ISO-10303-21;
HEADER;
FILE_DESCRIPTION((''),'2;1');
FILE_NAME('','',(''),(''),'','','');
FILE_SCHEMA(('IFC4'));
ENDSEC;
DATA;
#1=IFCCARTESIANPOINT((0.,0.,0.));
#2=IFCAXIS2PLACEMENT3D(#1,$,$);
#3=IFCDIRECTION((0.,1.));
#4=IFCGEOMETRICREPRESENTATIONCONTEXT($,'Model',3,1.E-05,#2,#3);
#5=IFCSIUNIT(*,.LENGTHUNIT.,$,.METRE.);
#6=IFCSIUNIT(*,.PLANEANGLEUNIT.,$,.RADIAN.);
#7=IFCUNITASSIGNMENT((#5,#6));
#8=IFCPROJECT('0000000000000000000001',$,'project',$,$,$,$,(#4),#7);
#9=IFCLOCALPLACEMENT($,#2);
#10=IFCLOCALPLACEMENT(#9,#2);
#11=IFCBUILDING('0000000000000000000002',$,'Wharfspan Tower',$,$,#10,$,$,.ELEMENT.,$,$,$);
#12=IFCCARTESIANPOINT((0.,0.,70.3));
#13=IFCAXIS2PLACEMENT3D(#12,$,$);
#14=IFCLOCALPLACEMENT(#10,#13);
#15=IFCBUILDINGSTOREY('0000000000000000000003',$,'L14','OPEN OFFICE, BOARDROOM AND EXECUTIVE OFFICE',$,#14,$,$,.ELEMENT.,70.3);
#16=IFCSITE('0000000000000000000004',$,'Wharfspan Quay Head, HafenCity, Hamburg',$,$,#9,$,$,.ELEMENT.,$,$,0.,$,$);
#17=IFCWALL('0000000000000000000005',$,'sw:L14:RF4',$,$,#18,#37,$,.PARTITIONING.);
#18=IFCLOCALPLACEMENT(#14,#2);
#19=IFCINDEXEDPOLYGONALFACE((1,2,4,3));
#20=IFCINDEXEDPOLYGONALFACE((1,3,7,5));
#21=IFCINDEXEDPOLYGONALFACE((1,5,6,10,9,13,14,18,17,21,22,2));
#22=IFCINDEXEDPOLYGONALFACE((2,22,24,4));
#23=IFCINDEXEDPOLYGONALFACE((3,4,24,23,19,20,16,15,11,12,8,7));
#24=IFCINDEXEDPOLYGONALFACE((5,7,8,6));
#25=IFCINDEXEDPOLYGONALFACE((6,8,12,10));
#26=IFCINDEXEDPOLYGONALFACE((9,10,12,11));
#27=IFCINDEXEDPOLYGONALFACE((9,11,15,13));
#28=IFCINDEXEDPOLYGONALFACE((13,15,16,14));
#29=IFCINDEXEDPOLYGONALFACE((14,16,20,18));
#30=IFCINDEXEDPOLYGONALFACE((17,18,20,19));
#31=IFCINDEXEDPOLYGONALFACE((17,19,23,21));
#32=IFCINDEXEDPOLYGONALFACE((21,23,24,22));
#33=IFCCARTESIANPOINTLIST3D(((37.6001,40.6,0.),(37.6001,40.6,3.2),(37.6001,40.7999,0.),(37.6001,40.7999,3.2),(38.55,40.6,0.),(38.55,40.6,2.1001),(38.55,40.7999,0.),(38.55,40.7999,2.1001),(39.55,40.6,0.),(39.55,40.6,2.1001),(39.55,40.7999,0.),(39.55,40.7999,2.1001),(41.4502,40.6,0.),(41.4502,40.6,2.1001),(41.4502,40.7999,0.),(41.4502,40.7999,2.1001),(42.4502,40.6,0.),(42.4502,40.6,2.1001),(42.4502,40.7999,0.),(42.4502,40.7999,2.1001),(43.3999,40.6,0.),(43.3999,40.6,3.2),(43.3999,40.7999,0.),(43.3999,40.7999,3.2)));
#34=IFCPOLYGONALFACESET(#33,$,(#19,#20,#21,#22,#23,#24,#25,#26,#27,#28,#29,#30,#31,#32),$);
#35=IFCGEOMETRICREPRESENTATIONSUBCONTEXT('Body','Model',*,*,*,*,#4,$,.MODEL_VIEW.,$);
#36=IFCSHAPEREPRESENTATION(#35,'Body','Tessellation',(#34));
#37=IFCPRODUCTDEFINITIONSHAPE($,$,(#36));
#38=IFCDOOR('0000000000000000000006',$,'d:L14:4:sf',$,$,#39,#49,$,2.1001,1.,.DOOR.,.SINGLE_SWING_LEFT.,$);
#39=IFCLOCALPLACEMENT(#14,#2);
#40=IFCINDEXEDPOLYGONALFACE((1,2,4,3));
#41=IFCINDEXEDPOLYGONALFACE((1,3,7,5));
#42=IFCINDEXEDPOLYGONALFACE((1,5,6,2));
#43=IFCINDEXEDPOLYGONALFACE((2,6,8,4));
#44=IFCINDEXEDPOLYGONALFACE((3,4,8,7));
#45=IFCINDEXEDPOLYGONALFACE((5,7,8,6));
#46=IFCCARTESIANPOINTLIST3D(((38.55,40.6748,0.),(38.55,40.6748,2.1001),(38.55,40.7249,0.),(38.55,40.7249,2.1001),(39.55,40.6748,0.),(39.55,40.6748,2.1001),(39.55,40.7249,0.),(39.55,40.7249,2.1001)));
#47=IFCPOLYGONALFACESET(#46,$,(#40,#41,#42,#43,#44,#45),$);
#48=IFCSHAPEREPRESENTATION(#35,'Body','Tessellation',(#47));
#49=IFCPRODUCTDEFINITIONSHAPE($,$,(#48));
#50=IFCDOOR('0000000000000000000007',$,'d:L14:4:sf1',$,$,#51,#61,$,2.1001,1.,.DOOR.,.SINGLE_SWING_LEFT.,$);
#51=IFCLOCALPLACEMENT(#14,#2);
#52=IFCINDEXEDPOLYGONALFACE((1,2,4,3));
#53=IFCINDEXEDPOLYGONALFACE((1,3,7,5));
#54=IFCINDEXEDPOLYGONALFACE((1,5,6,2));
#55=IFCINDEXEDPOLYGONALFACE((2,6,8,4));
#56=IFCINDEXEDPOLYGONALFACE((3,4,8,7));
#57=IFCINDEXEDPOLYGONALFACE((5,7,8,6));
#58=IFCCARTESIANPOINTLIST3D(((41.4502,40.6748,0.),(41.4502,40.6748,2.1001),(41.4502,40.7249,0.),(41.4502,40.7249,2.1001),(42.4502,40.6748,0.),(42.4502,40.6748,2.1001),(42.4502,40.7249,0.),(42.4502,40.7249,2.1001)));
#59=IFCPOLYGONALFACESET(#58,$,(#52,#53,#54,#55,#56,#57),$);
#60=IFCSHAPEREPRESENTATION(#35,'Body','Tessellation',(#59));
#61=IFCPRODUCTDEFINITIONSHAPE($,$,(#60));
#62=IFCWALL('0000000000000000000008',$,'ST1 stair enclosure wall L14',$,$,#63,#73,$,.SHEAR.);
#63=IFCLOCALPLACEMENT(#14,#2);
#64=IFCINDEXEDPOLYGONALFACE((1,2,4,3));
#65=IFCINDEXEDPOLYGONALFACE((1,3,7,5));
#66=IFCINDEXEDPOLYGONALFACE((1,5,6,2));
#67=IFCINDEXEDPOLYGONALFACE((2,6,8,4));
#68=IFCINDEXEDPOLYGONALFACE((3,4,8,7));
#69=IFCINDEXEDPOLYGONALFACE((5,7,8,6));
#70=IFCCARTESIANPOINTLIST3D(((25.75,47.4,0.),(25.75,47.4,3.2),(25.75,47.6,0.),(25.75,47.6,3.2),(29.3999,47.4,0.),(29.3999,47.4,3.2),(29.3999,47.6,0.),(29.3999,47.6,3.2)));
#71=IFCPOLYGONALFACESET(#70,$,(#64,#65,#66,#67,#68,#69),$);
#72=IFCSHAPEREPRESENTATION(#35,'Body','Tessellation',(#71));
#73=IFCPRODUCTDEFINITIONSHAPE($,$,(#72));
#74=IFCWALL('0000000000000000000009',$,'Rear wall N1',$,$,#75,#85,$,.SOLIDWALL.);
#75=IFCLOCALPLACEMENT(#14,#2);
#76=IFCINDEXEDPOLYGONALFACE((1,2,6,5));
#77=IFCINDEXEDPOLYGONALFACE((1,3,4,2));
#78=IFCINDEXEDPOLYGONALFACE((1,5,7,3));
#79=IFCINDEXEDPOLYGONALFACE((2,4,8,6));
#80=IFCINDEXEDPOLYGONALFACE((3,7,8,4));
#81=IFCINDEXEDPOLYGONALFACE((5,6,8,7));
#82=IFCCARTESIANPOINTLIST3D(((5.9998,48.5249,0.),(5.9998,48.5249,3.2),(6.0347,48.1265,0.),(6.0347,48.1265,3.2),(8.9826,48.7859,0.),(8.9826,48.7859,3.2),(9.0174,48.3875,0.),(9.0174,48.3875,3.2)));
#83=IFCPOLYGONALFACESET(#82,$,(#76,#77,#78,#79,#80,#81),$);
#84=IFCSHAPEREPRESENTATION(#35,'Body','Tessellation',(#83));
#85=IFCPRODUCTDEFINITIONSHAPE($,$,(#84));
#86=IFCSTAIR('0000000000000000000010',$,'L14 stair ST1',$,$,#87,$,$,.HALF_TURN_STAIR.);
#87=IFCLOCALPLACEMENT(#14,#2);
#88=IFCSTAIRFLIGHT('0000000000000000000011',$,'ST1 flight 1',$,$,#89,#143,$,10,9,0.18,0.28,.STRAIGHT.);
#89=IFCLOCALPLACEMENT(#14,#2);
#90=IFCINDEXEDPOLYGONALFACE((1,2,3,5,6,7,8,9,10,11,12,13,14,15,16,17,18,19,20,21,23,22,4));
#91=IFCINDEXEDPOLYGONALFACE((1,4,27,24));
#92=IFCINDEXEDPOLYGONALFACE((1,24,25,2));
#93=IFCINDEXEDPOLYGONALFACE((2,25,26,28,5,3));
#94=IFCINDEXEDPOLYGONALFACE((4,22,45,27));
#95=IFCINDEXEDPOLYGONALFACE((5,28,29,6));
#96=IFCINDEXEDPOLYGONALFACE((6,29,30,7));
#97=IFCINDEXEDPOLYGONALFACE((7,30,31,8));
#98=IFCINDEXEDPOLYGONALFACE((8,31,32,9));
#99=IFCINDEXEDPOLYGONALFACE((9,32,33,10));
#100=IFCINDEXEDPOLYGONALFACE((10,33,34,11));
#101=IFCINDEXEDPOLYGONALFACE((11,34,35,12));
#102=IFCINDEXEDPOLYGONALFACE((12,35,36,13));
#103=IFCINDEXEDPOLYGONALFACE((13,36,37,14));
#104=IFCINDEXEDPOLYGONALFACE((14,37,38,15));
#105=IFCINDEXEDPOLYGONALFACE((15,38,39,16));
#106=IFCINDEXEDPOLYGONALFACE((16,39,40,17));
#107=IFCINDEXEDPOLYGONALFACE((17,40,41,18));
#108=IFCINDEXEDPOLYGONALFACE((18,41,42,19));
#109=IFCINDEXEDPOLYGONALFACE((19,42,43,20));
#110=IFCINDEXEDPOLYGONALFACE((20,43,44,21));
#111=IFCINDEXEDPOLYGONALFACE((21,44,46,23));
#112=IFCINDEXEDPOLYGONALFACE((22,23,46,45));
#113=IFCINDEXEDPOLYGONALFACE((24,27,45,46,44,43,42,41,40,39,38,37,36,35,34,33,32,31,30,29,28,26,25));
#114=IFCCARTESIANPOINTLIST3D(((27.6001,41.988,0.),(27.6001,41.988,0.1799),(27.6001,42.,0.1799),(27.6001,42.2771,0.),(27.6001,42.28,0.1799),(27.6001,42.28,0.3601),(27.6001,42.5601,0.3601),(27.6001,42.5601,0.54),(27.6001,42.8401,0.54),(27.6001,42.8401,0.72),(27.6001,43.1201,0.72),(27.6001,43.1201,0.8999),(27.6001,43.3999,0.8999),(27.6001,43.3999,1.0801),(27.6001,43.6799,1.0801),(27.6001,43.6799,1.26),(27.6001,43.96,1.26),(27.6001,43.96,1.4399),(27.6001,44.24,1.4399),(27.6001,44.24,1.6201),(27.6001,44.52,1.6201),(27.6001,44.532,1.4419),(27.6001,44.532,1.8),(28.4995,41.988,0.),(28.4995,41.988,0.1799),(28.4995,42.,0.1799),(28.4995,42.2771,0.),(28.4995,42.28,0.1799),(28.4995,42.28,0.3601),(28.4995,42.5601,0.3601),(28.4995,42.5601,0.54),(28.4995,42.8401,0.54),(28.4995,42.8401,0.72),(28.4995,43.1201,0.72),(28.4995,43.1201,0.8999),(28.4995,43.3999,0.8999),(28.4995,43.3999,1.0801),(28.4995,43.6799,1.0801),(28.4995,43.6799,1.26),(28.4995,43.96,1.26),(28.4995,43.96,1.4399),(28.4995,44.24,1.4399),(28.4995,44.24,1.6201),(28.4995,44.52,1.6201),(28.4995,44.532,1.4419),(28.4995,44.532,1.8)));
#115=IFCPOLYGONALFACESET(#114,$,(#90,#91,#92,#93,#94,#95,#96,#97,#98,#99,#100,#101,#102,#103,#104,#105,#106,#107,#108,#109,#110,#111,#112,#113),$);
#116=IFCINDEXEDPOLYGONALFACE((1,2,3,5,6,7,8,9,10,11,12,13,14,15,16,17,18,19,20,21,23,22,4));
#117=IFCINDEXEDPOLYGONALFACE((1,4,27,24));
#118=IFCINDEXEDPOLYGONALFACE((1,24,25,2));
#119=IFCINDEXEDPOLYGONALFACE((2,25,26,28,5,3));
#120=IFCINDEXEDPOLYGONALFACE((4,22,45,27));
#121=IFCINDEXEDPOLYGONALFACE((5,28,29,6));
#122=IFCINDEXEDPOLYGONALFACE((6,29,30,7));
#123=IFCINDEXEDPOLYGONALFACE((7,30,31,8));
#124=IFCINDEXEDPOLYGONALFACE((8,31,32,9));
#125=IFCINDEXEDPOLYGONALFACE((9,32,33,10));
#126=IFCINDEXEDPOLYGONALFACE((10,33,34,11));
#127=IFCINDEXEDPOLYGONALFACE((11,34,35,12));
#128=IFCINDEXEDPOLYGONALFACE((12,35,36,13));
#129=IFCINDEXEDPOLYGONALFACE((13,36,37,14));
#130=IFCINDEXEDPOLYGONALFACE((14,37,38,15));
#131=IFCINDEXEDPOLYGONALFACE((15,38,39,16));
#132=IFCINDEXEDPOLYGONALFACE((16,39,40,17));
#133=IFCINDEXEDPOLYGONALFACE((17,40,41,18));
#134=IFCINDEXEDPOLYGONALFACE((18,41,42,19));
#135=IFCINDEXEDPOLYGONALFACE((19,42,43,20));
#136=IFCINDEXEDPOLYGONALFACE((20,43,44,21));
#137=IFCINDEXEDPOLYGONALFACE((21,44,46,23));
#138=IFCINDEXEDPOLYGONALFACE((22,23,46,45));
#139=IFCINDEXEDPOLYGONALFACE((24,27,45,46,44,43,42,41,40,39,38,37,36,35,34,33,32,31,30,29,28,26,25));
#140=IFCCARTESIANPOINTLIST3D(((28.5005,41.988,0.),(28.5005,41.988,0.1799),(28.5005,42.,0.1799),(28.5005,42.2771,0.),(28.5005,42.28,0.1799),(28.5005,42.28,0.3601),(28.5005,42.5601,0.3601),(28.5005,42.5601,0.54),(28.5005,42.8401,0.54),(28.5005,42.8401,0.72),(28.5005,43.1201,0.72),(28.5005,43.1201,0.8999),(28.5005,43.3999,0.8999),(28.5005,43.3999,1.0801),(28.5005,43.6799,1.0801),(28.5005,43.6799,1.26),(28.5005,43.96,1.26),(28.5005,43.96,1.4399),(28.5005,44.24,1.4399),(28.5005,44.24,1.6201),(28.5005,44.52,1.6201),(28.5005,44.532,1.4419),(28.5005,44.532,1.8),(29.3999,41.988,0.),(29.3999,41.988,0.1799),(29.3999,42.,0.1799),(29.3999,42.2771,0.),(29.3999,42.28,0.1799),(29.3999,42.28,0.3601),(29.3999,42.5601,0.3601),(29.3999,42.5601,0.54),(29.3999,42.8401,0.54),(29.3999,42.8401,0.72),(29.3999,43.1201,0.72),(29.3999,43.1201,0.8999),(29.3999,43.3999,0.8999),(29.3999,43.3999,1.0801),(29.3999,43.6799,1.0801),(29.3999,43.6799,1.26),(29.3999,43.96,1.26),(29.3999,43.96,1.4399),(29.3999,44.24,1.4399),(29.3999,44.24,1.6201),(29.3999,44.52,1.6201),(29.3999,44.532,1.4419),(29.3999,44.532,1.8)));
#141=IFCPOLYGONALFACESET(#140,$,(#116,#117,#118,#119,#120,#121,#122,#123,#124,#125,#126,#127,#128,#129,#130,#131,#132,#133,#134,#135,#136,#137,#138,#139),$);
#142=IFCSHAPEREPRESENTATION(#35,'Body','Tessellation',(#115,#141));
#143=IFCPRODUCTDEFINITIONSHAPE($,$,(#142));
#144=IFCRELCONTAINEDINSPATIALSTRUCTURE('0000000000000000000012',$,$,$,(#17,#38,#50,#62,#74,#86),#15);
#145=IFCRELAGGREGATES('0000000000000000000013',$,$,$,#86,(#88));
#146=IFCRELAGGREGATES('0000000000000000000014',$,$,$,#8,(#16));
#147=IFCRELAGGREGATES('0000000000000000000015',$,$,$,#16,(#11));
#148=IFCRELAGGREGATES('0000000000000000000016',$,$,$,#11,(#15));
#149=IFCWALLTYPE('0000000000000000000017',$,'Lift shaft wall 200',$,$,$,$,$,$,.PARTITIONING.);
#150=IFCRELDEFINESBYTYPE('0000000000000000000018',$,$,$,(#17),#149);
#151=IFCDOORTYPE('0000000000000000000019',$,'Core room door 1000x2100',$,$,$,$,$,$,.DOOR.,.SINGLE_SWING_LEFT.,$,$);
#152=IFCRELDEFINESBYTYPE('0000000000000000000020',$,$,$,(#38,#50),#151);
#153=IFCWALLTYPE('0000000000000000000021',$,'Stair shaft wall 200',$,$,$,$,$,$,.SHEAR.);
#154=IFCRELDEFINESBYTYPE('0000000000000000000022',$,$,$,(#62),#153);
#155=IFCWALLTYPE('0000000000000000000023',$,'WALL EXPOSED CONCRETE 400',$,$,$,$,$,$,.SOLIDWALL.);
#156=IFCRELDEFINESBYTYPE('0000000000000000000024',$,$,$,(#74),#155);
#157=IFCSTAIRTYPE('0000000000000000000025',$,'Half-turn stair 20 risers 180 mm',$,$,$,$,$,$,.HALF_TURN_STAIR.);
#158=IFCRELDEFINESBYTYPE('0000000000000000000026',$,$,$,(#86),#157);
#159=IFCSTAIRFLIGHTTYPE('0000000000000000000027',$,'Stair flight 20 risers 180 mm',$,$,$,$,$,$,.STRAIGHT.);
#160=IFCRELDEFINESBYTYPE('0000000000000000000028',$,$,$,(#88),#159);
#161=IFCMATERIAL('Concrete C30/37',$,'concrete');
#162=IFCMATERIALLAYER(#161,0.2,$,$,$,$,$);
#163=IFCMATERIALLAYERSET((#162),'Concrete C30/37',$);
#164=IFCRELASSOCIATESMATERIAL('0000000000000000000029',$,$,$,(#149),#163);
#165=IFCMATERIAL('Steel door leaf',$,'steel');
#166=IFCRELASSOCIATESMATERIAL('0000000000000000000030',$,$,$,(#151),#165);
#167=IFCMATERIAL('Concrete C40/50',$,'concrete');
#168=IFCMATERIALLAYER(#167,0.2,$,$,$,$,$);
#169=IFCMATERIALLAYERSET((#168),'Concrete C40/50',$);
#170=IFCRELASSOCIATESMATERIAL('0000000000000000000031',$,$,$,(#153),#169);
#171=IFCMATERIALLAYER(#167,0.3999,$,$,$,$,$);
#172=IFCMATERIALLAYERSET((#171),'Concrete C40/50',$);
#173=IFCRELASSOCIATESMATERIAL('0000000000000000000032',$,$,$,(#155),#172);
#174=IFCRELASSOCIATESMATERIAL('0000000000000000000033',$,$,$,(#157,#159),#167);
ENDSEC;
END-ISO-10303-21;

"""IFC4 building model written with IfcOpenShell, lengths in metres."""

from ifc_helpers import new_model, si_unit, direction, frame, frame_2d, origin, place, context, subcontext, project, spatial, polyline, rectangle, outline, extrude, material, layer, layer_set, type_object, element, fill, aggregate, save


model = new_model("IFC4")

# Units and contexts
model_context = context("Model", 3, precision=1e-05, world=origin(), true_north=direction((0.0, 1.0)))
body_context = subcontext(model_context, "Body", "Model", "MODEL_VIEW")
ifc_project = project(units=[si_unit("LENGTHUNIT", "METRE"), si_unit("PLANEANGLEUNIT", "RADIAN")], contexts=[model_context])

# Site, building, storey
site_placement = place(None, origin())
site = spatial("IfcSite", under=ifc_project, at=site_placement, Name="Wharfspan Quay Head, HafenCity, Hamburg", CompositionType="ELEMENT", RefElevation=0.0)
building_placement = place(site_placement, origin())
building = spatial("IfcBuilding", under=site, at=building_placement, Name="Wharfspan Tower", CompositionType="ELEMENT")
storey_placement = place(building_placement, frame((0.0, 0.0, 70.3)))
storey = spatial("IfcBuildingStorey", under=building, at=storey_placement, Name="L14", Description="OPEN OFFICE, BOARDROOM AND EXECUTIVE OFFICE", CompositionType="ELEMENT", Elevation=70.3)

# Wall, openings, doors
ifc_material_1 = material(Name="Concrete C30/37", Category="concrete")
ifc_layer_1 = layer(ifc_material_1, 0.2)
ifc_layer_set_1 = layer_set([ifc_layer_1], Name="Concrete C30/37")
wall_type_1 = type_object("IfcWallType", Name="Lift shaft wall 200", PredefinedType="PARTITIONING", material=ifc_layer_set_1)
ifc_material_2 = material(Name="Steel door leaf", Category="steel")
door_type = type_object("IfcDoorType", Name="Core room door 1000x2100", OperationType="SINGLE_SWING_LEFT", PredefinedType="DOOR", material=ifc_material_2)
wall_1_placement = place(storey_placement, frame((37.6001, 40.7, 0.0), z_axis=(0.0, 0.0, 1.0), x_axis=(1.0, 0.0, 0.0)))
wall_1 = element("IfcWall", 1, at=wall_1_placement, inside=storey, type_object=wall_type_1, Name="sw:L14:RF4", PredefinedType="PARTITIONING", context=body_context, shape_type="SweptSolid", body=[
    extrude(rectangle(XDim=5.7998, YDim=0.2, at=frame_2d((2.8999, 0.0))), origin(), (0.0, 0.0, 1.0), 3.2),
])
opening_1_placement = place(wall_1_placement, frame((0.95, 0.0, 0.0)))
opening_1 = element("IfcOpeningElement", 2, at=opening_1_placement, cuts=wall_1, PredefinedType="OPENING", context=body_context, shape_type="SweptSolid", body=[
    extrude(rectangle(XDim=1.0, YDim=2.1001, at=frame_2d((0.5, 1.05))), frame((0.0, 0.1099, 0.0), z_axis=(0.0, -1.0, 0.0), x_axis=(1.0, 0.0, 0.0)), (0.0, 0.0, 1.0), 0.22),
])
opening_2_placement = place(wall_1_placement, frame((3.8501, 0.0, 0.0)))
opening_2 = element("IfcOpeningElement", 3, at=opening_2_placement, cuts=wall_1, PredefinedType="OPENING", context=body_context, shape_type="SweptSolid", body=[
    extrude(rectangle(XDim=1.0, YDim=2.1001, at=frame_2d((0.5, 1.05))), frame((0.0, 0.1099, 0.0), z_axis=(0.0, -1.0, 0.0), x_axis=(1.0, 0.0, 0.0)), (0.0, 0.0, 1.0), 0.22),
])
door_1_placement = place(opening_1_placement, origin())
door_1 = element("IfcDoor", 4, at=door_1_placement, inside=storey, type_object=door_type, Name="d:L14:4:sf", OperationType="SINGLE_SWING_LEFT", OverallHeight=2.1001, OverallWidth=1.0, PredefinedType="DOOR", context=body_context, shape_type="SweptSolid", body=[
    extrude(rectangle(XDim=1.0, YDim=2.1001, at=frame_2d((0.5, 1.05))), frame((0.0, 0.0249, 0.0), z_axis=(0.0, -1.0, 0.0), x_axis=(1.0, 0.0, 0.0)), (0.0, 0.0, 1.0), 0.05),
])
fill(opening_1, door_1)
door_2_placement = place(opening_2_placement, origin())
door_2 = element("IfcDoor", 5, at=door_2_placement, inside=storey, type_object=door_type, Name="d:L14:4:sf1", OperationType="SINGLE_SWING_LEFT", OverallHeight=2.1001, OverallWidth=1.0, PredefinedType="DOOR", context=body_context, shape_type="SweptSolid", body=[
    extrude(rectangle(XDim=1.0, YDim=2.1001, at=frame_2d((0.5, 1.05))), frame((0.0, 0.0249, 0.0), z_axis=(0.0, -1.0, 0.0), x_axis=(1.0, 0.0, 0.0)), (0.0, 0.0, 1.0), 0.05),
])
fill(opening_2, door_2)

# Walls
ifc_material_3 = material(Name="Concrete C40/50", Category="concrete")
ifc_layer_2 = layer(ifc_material_3, 0.2)
ifc_layer_set_2 = layer_set([ifc_layer_2], Name="Concrete C40/50")
wall_type_2 = type_object("IfcWallType", Name="Stair shaft wall 200", PredefinedType="SHEAR", material=ifc_layer_set_2)
wall_2_placement = place(storey_placement, frame((25.75, 47.5, 0.0), z_axis=(0.0, 0.0, 1.0), x_axis=(1.0, 0.0, 0.0)))
element("IfcWall", 6, at=wall_2_placement, inside=storey, type_object=wall_type_2, Name="ST1 stair enclosure wall L14", PredefinedType="SHEAR", context=body_context, shape_type="SweptSolid", body=[
    extrude(rectangle(XDim=3.6499, YDim=0.2, at=frame_2d((1.825, 0.0))), origin(), (0.0, 0.0, 1.0), 3.2),
])
ifc_layer_3 = layer(ifc_material_3, 0.3999)
ifc_layer_set_3 = layer_set([ifc_layer_3], Name="Concrete C40/50")
wall_type_3 = type_object("IfcWallType", Name="WALL EXPOSED CONCRETE 400", PredefinedType="SOLIDWALL", material=ifc_layer_set_3)
wall_3_placement = place(storey_placement, frame((9.0, 48.5867, 0.0), z_axis=(0.0, 0.0, 1.0), x_axis=(-0.996194, -0.087168, 0.0)))
element("IfcWall", 7, at=wall_3_placement, inside=storey, type_object=wall_type_3, Name="Rear wall N1", PredefinedType="SOLIDWALL", context=body_context, shape_type="SweptSolid", body=[
    extrude(rectangle(XDim=2.9941, YDim=0.3999, at=frame_2d((1.4971, 0.0))), origin(), (0.0, 0.0, 1.0), 3.2),
])

# Stair, stair flight
stair_type = type_object("IfcStairType", Name="Half-turn stair 20 risers 180 mm", PredefinedType="HALF_TURN_STAIR", material=ifc_material_3)
stair_placement = place(storey_placement, origin())
stair = element("IfcStair", 8, at=stair_placement, inside=storey, type_object=stair_type, Name="L14 stair ST1", PredefinedType="HALF_TURN_STAIR")
stair_flight_type = type_object("IfcStairFlightType", Name="Stair flight 20 risers 180 mm", PredefinedType="STRAIGHT", material=ifc_material_3)
stair_flight_1_placement = place(storey_placement, frame((28.5, 42.0, 0.0), z_axis=(0.0, 0.0, 1.0), x_axis=(0.0, 1.0, 0.0)))
stair_flight_1 = element("IfcStairFlight", 9, at=stair_flight_1_placement, type_object=stair_flight_type, Name="ST1 flight 1", NumberOfRisers=10, NumberOfTreads=9, PredefinedType="STRAIGHT", RiserHeight=0.18, TreadLength=0.28, context=body_context, shape_type="SweptSolid", body=[
    extrude(outline(polyline([(-0.012, 0.0), (-0.012, 0.1799), (0.0, 0.1799), (0.28, 0.1799), (0.28, 0.3601), (0.5601, 0.3601), (0.5601, 0.54), (0.8401, 0.54), (0.8401, 0.72), (1.1201, 0.72), (1.1201, 0.8999), (1.3999, 0.8999), (1.3999, 1.0801), (1.6799, 1.0801), (1.6799, 1.26), (1.96, 1.26), (1.96, 1.4399), (2.24, 1.4399), (2.24, 1.6201), (2.52, 1.6201), (2.532, 1.8), (2.532, 1.4419), (0.2771, 0.0), (-0.012, 0.0)])), frame((0.0, 0.8999, 0.0), z_axis=(0.0, -1.0, 0.0), x_axis=(1.0, 0.0, 0.0)), (0.0, 0.0, 1.0), 0.8994),
    extrude(outline(polyline([(-0.012, 0.0), (-0.012, 0.1799), (0.0, 0.1799), (0.28, 0.1799), (0.28, 0.3601), (0.5601, 0.3601), (0.5601, 0.54), (0.8401, 0.54), (0.8401, 0.72), (1.1201, 0.72), (1.1201, 0.8999), (1.3999, 0.8999), (1.3999, 1.0801), (1.6799, 1.0801), (1.6799, 1.26), (1.96, 1.26), (1.96, 1.4399), (2.24, 1.4399), (2.24, 1.6201), (2.52, 1.6201), (2.532, 1.8), (2.532, 1.4419), (0.2771, 0.0), (-0.012, 0.0)])), frame((0.0, -0.0005, 0.0), z_axis=(0.0, -1.0, 0.0), x_axis=(1.0, 0.0, 0.0)), (0.0, 0.0, 1.0), 0.8994),
])
aggregate(stair, [stair_flight_1])

save(model, "model.ifc")
